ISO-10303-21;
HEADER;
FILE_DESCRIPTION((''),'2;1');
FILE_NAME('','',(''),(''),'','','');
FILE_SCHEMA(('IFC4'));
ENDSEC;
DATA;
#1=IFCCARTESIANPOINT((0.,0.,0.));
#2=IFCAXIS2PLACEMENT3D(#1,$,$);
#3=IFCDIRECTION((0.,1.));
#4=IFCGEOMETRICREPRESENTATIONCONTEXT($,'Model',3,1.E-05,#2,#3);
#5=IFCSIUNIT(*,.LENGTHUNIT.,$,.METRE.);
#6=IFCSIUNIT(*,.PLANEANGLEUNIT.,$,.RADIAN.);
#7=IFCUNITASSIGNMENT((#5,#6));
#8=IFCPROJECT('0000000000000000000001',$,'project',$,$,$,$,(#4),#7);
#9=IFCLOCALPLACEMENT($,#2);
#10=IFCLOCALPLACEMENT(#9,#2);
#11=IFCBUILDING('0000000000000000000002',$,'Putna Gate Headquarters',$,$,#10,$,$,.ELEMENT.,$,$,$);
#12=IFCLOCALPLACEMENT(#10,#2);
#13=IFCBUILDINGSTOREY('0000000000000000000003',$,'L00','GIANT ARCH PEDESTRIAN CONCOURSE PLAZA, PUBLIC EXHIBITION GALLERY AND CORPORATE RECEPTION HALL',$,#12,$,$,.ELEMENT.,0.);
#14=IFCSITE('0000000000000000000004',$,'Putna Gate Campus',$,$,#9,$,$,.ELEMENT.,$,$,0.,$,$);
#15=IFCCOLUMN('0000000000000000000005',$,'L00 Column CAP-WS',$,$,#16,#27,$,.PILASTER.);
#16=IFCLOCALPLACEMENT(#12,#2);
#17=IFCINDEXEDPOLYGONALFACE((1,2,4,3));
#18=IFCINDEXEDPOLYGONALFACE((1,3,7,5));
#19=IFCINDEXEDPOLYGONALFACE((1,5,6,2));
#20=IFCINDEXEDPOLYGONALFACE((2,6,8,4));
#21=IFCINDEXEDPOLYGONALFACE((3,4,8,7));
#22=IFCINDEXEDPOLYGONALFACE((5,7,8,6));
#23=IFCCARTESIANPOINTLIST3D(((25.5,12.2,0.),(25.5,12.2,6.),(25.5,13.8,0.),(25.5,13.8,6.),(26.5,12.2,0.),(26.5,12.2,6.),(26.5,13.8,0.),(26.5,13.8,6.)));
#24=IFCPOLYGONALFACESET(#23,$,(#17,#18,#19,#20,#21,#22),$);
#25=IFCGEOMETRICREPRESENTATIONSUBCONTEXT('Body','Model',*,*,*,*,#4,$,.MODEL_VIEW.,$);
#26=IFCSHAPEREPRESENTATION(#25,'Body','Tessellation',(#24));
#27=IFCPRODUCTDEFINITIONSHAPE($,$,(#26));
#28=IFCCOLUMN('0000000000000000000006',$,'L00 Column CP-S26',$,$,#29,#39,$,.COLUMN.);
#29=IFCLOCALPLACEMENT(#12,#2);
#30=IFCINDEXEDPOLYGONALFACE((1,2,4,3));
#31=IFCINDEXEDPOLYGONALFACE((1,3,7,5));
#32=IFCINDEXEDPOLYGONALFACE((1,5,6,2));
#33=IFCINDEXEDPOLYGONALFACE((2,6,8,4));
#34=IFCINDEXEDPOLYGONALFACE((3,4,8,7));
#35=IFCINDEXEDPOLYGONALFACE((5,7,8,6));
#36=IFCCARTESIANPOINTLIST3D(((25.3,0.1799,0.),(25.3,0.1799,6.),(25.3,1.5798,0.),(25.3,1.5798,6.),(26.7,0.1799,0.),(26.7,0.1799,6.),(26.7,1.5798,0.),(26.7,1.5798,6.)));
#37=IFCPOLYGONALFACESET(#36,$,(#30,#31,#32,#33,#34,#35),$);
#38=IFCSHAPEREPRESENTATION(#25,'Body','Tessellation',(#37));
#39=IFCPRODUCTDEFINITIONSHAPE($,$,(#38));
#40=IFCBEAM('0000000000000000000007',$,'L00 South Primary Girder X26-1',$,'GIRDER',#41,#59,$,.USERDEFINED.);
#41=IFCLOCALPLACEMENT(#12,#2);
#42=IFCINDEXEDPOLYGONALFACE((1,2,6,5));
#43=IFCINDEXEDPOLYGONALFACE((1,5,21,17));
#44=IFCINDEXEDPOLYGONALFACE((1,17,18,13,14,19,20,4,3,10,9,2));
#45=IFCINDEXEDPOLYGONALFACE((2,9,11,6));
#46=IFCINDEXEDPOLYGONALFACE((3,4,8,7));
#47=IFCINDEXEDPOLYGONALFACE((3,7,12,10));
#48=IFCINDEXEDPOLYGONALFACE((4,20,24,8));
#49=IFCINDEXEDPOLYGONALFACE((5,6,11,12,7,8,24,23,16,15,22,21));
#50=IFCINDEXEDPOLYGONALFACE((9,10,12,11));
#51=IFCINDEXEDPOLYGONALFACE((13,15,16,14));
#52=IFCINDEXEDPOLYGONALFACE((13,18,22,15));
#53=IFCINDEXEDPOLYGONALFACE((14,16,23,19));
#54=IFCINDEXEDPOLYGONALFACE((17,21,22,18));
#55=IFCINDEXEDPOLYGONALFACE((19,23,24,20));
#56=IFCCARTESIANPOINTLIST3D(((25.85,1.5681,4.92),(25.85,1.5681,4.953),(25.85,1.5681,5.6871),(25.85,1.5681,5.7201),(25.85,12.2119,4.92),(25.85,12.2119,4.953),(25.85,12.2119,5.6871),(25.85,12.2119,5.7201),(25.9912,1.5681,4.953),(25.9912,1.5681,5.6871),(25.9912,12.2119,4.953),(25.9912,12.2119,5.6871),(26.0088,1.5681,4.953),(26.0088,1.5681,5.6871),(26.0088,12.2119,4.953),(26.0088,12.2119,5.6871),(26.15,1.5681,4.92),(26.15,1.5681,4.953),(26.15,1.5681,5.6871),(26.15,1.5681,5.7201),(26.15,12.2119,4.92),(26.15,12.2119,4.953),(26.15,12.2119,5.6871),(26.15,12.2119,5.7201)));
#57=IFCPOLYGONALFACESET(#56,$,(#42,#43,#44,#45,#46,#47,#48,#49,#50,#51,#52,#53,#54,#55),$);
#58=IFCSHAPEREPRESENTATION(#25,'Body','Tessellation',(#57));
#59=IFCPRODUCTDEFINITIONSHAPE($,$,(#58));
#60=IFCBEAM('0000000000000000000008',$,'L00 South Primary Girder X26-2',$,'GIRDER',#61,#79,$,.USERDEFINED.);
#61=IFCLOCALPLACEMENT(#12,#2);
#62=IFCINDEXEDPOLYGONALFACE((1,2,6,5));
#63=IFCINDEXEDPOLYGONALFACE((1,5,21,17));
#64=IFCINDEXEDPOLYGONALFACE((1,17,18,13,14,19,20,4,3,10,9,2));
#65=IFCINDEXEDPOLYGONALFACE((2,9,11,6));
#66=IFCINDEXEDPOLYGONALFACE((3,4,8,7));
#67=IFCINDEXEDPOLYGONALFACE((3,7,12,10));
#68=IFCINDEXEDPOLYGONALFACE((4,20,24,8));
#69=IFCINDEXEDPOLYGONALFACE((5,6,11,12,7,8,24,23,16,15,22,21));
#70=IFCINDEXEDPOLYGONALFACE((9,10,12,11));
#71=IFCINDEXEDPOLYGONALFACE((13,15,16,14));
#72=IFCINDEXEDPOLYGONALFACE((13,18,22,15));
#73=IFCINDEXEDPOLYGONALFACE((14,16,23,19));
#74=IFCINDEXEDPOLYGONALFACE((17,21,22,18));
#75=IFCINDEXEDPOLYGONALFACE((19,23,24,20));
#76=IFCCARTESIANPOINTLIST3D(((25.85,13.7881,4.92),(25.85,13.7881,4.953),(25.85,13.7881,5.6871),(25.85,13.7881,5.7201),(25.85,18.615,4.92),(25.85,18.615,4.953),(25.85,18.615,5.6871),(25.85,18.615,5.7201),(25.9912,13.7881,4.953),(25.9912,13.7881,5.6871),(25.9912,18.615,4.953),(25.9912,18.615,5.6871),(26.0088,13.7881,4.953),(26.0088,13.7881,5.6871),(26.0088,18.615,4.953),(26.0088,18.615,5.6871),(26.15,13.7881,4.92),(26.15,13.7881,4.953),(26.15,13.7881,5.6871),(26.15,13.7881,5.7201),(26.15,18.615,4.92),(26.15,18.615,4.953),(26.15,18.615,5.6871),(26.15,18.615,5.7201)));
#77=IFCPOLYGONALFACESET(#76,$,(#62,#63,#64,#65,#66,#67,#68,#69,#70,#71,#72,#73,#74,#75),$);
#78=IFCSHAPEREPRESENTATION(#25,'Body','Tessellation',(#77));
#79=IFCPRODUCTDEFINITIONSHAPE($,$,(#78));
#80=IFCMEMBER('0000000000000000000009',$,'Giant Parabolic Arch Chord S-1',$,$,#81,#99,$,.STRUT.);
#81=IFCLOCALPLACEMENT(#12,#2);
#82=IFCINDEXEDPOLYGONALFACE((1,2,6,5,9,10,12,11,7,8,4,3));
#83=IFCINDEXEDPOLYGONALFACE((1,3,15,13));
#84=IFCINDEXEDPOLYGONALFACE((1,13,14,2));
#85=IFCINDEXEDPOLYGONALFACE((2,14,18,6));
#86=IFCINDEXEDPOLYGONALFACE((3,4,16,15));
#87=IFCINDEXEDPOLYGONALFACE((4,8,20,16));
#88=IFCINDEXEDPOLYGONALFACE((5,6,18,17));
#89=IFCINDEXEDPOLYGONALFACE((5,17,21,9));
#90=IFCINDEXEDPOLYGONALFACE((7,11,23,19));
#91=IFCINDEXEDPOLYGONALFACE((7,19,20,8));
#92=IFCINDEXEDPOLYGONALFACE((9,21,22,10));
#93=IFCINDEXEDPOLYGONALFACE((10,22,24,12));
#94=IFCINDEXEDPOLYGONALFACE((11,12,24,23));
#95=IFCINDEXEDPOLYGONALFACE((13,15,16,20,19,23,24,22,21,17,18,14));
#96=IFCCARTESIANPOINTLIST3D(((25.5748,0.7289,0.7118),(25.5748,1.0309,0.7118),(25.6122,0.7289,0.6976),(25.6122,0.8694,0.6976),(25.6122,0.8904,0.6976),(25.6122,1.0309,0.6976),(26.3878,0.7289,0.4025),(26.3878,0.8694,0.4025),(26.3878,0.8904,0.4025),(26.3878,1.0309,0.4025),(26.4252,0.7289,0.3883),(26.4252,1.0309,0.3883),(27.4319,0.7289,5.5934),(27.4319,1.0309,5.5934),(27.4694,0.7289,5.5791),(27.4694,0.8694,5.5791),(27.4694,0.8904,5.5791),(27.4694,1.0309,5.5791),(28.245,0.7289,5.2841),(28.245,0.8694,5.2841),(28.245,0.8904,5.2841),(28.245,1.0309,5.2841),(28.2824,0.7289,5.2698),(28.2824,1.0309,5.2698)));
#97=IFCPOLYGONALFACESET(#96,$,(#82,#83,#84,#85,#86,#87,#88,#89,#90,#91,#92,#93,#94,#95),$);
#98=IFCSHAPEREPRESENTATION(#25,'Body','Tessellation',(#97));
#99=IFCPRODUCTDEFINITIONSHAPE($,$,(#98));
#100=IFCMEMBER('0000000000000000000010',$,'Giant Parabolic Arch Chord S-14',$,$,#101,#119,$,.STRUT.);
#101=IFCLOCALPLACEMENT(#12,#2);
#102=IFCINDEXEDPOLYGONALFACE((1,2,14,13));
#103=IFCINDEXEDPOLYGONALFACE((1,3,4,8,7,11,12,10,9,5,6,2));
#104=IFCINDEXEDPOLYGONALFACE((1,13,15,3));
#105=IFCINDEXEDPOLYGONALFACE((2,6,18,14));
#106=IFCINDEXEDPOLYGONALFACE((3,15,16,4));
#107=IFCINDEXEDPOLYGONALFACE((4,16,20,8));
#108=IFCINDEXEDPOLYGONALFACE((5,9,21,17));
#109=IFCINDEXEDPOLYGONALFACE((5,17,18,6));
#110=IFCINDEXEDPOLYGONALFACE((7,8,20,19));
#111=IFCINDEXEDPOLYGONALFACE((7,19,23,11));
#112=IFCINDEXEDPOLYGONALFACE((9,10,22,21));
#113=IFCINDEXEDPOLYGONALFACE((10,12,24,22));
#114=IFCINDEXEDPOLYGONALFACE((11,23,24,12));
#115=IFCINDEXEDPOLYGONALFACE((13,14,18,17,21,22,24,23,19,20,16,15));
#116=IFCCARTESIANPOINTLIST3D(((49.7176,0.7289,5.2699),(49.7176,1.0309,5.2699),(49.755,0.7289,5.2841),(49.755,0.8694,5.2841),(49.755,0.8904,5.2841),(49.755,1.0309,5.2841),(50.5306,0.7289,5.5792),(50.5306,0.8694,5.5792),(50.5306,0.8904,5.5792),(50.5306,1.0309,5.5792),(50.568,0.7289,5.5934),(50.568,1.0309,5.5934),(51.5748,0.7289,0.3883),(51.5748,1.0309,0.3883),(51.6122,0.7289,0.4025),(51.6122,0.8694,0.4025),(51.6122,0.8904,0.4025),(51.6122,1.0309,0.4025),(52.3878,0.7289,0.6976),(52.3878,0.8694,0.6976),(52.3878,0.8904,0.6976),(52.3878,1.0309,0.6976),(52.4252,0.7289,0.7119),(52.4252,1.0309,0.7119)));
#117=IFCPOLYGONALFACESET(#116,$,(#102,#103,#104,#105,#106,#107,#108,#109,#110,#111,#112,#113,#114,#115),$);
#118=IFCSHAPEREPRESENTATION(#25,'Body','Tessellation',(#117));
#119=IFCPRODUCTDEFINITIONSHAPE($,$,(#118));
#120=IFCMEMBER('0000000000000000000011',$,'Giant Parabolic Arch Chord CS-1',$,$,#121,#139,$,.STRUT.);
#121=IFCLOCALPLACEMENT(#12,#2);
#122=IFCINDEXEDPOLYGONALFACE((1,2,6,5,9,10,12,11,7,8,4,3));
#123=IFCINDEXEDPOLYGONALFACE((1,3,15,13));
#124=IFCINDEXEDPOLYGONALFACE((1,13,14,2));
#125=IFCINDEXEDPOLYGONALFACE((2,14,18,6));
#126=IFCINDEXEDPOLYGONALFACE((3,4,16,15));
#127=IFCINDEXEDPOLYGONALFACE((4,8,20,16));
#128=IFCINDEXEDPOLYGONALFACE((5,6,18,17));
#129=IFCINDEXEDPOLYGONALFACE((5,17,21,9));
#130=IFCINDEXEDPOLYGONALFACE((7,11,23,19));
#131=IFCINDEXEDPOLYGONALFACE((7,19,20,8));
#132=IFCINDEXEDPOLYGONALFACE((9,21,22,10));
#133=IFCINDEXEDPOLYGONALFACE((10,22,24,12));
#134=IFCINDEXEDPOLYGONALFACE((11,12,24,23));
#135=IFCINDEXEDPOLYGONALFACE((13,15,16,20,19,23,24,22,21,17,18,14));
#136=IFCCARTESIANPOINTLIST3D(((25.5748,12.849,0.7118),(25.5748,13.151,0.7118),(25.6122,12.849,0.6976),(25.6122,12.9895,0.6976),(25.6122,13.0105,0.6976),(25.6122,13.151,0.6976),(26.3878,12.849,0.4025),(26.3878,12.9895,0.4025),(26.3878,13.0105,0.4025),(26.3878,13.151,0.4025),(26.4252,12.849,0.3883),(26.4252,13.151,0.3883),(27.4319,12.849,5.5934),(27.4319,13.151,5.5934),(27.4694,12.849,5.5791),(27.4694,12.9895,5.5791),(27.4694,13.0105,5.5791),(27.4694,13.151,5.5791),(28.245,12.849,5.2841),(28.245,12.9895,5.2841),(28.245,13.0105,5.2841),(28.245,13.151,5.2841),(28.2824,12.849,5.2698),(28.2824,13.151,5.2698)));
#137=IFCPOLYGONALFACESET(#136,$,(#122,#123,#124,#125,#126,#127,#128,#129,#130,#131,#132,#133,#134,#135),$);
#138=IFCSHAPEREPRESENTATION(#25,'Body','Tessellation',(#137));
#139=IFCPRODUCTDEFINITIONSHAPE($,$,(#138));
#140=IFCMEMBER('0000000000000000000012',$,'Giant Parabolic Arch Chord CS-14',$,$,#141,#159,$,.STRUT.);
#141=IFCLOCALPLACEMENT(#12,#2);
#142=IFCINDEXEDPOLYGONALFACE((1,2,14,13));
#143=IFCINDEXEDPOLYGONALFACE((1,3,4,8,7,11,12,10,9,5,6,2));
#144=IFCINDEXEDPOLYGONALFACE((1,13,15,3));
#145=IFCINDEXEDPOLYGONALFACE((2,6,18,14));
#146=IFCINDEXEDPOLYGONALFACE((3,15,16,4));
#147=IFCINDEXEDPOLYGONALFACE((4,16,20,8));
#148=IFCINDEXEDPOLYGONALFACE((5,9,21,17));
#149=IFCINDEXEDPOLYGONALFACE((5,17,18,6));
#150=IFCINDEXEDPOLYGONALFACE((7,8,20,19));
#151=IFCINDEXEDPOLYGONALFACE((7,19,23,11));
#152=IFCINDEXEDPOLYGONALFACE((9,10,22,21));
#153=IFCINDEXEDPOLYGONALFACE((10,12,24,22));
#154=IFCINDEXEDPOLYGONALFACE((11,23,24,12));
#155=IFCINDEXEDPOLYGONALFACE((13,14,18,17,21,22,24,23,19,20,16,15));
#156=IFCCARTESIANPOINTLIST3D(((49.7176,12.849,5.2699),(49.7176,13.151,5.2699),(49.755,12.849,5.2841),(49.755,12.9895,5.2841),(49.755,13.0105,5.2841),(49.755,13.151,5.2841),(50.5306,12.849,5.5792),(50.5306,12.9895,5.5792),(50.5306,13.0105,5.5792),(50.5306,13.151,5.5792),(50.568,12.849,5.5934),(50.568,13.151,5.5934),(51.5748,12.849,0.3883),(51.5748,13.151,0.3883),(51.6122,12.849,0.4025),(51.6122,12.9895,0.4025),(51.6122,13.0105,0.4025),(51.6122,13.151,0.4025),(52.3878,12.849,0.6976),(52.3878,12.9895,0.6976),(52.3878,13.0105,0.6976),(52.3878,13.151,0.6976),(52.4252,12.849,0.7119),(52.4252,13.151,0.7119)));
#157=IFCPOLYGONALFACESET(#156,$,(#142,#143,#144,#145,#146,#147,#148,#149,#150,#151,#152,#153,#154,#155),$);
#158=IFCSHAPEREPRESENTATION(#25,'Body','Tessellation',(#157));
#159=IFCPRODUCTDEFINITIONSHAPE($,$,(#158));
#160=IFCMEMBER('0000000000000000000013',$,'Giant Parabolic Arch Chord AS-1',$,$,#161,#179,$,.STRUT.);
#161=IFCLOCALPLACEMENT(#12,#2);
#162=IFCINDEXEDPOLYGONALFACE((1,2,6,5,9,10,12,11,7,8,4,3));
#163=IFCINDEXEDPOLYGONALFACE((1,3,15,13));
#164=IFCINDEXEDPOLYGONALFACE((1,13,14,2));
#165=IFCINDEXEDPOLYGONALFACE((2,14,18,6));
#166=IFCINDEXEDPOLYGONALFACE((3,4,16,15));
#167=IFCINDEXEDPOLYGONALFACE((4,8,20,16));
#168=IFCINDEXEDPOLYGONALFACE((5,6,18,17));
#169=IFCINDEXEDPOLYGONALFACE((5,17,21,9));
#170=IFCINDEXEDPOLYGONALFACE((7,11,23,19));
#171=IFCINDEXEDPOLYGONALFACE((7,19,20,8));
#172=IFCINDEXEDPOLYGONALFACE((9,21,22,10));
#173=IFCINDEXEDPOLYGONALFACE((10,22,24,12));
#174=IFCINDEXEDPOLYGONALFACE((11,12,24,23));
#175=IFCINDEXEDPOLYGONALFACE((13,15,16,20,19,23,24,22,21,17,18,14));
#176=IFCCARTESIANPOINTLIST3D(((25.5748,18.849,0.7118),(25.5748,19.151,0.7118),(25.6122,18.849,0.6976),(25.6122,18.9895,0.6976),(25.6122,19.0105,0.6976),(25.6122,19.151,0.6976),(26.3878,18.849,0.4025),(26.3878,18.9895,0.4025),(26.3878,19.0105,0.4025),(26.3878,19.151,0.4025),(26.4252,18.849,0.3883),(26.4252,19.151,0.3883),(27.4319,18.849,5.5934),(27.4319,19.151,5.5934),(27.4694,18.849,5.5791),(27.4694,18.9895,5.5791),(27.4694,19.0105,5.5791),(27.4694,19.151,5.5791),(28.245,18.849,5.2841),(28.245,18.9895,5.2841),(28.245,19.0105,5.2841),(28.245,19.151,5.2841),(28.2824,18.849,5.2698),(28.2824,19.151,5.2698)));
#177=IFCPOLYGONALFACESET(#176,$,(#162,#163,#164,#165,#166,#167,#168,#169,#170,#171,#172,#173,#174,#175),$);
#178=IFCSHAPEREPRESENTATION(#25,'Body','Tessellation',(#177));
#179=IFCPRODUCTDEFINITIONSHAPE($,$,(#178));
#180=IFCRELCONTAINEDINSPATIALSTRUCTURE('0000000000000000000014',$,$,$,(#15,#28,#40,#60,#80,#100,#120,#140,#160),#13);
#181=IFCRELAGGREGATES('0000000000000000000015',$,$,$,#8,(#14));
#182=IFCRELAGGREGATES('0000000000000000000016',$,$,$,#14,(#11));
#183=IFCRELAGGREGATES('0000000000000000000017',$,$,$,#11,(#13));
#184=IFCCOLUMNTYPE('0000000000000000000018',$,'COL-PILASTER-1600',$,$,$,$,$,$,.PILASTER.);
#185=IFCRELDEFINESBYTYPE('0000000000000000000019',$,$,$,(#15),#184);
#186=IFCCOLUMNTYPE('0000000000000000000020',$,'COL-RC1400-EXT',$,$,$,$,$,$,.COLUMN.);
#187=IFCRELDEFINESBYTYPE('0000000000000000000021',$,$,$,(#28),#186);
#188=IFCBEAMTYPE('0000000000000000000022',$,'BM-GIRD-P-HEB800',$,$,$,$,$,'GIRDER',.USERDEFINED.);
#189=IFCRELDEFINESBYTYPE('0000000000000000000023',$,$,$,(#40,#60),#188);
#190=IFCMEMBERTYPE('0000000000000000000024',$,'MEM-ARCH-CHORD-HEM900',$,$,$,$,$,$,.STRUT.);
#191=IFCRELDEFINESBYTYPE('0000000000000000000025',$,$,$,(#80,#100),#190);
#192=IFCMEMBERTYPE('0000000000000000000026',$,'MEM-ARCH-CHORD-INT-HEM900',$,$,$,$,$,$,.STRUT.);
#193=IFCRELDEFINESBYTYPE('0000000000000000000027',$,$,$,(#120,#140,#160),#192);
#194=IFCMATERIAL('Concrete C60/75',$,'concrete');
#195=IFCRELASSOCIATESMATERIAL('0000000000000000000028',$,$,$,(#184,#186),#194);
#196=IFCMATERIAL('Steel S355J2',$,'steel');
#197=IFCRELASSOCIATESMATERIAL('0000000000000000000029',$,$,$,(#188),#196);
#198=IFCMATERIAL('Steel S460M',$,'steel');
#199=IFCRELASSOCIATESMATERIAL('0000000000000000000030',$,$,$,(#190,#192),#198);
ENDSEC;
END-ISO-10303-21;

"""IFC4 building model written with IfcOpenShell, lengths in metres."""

from ifc_helpers import new_model, si_unit, direction, frame, origin, origin_2d, place, context, subcontext, project, spatial, rectangle, i_section, extrude, material, material_profile, profile_set, type_object, element, save


model = new_model("IFC4")

# Units and contexts
model_context = context("Model", 3, precision=1e-05, world=origin(), true_north=direction((0.0, 1.0)))
body_context = subcontext(model_context, "Body", "Model", "MODEL_VIEW")
ifc_project = project(units=[si_unit("LENGTHUNIT", "METRE"), si_unit("PLANEANGLEUNIT", "RADIAN")], contexts=[model_context])

# Site, building, storey
site_placement = place(None, origin())
site = spatial("IfcSite", under=ifc_project, at=site_placement, Name="Putna Gate Campus", CompositionType="ELEMENT", RefElevation=0.0)
building_placement = place(site_placement, origin())
building = spatial("IfcBuilding", under=site, at=building_placement, Name="Putna Gate Headquarters", CompositionType="ELEMENT")
storey_placement = place(building_placement, origin())
storey = spatial("IfcBuildingStorey", under=building, at=storey_placement, Name="L00", Description="GIANT ARCH PEDESTRIAN CONCOURSE PLAZA, PUBLIC EXHIBITION GALLERY AND CORPORATE RECEPTION HALL", CompositionType="ELEMENT", Elevation=0.0)

# Columns
ifc_material_1 = material(Name="Concrete C60/75", Category="concrete")
ifc_material_profile_1 = material_profile(ifc_material_1, rectangle(XDim=1.0, YDim=1.6001, at=origin_2d()), Name="Concrete C60/75")
ifc_profile_set_1 = profile_set([ifc_material_profile_1], Name="Concrete C60/75")
column_type_1 = type_object("IfcColumnType", Name="COL-PILASTER-1600", PredefinedType="PILASTER", material=ifc_profile_set_1)
column_1_placement = place(storey_placement, frame((26.0, 13.0, 0.0), z_axis=(0.0, 0.0, 1.0), x_axis=(1.0, 0.0, 0.0)))
element("IfcColumn", 1, at=column_1_placement, inside=storey, type_object=column_type_1, Name="L00 Column CAP-WS", PredefinedType="PILASTER", context=body_context, shape_type="SweptSolid", body=[
    extrude(rectangle(XDim=1.0, YDim=1.6001, at=origin_2d()), origin(), (0.0, 0.0, 1.0), 6.0),
])
ifc_material_profile_2 = material_profile(ifc_material_1, rectangle(XDim=1.3999, YDim=1.3999, at=origin_2d()), Name="Concrete C60/75")
ifc_profile_set_2 = profile_set([ifc_material_profile_2], Name="Concrete C60/75")
column_type_2 = type_object("IfcColumnType", Name="COL-RC1400-EXT", PredefinedType="COLUMN", material=ifc_profile_set_2)
column_2_placement = place(storey_placement, frame((26.0, 0.8799, 0.0), z_axis=(0.0, 0.0, 1.0), x_axis=(1.0, 0.0, 0.0)))
element("IfcColumn", 2, at=column_2_placement, inside=storey, type_object=column_type_2, Name="L00 Column CP-S26", PredefinedType="COLUMN", context=body_context, shape_type="SweptSolid", body=[
    extrude(rectangle(XDim=1.3999, YDim=1.3999, at=origin_2d()), origin(), (0.0, 0.0, 1.0), 6.0),
])

# Beams
ifc_material_2 = material(Name="Steel S355J2", Category="steel")
ifc_material_profile_3 = material_profile(ifc_material_2, i_section(OverallWidth=0.3, OverallDepth=0.8, WebThickness=0.0176, FlangeThickness=0.033, at=origin_2d()), Name="Steel S355J2")
ifc_profile_set_3 = profile_set([ifc_material_profile_3], Name="Steel S355J2")
beam_type = type_object("IfcBeamType", Name="BM-GIRD-P-HEB800", ElementType="GIRDER", PredefinedType="USERDEFINED", material=ifc_profile_set_3)
beam_1_placement = place(storey_placement, frame((26.0, 1.5681, 5.3201), z_axis=(0.0, 1.0, 0.0), x_axis=(-1.0, 0.0, 0.0)))
element("IfcBeam", 3, at=beam_1_placement, inside=storey, type_object=beam_type, Name="L00 South Primary Girder X26-1", ObjectType="GIRDER", PredefinedType="USERDEFINED", context=body_context, shape_type="SweptSolid", body=[
    extrude(i_section(OverallWidth=0.3, OverallDepth=0.8, WebThickness=0.0176, FlangeThickness=0.033, at=origin_2d()), origin(), (0.0, 0.0, 1.0), 10.6438),
])
beam_2_placement = place(storey_placement, frame((26.0, 13.7881, 5.3201), z_axis=(0.0, 1.0, 0.0), x_axis=(-1.0, 0.0, 0.0)))
element("IfcBeam", 4, at=beam_2_placement, inside=storey, type_object=beam_type, Name="L00 South Primary Girder X26-2", ObjectType="GIRDER", PredefinedType="USERDEFINED", context=body_context, shape_type="SweptSolid", body=[
    extrude(i_section(OverallWidth=0.3, OverallDepth=0.8, WebThickness=0.0176, FlangeThickness=0.033, at=origin_2d()), origin(), (0.0, 0.0, 1.0), 4.8269),
])

# Members
ifc_material_3 = material(Name="Steel S460M", Category="steel")
ifc_material_profile_4 = material_profile(ifc_material_3, i_section(OverallWidth=0.302, OverallDepth=0.9099, WebThickness=0.021, FlangeThickness=0.04, at=origin_2d()), Name="Steel S460M")
ifc_profile_set_4 = profile_set([ifc_material_profile_4], Name="Steel S460M")
member_type_1 = type_object("IfcMemberType", Name="MEM-ARCH-CHORD-HEM900", PredefinedType="STRUT", material=ifc_profile_set_4)
for number, where, z_axis, x_axis, name in (
    (5, (26.0, 0.8799, 0.55), (0.355581, 0.0, 0.934645), (0.0, 1.0, 0.0), "Giant Parabolic Arch Chord S-1"),
    (6, (50.1428, 0.8799, 5.4316), (0.355581, 0.0, -0.934645), (0.0, 1.0, 0.0), "Giant Parabolic Arch Chord S-14"),
):
    element("IfcMember", number, at=place(storey_placement, frame(where, z_axis=z_axis, x_axis=x_axis)), inside=storey, type_object=member_type_1, Name=name, PredefinedType="STRUT", context=body_context, shape_type="SweptSolid", body=[
        extrude(i_section(OverallWidth=0.302, OverallDepth=0.9099, WebThickness=0.021, FlangeThickness=0.04, at=origin_2d()), origin(), (0.0, 0.0, 1.0), 5.2229),
    ])
ifc_material_profile_5 = material_profile(ifc_material_3, i_section(OverallWidth=0.302, OverallDepth=0.9099, WebThickness=0.021, FlangeThickness=0.04, at=origin_2d()), Name="Steel S460M")
ifc_profile_set_5 = profile_set([ifc_material_profile_5], Name="Steel S460M")
member_type_2 = type_object("IfcMemberType", Name="MEM-ARCH-CHORD-INT-HEM900", PredefinedType="STRUT", material=ifc_profile_set_5)
for number, where, z_axis, x_axis, name in (
    (7, (26.0, 13.0, 0.55), (0.355581, 0.0, 0.934645), (0.0, 1.0, 0.0), "Giant Parabolic Arch Chord CS-1"),
    (8, (50.1428, 13.0, 5.4316), (0.355581, 0.0, -0.934645), (0.0, 1.0, 0.0), "Giant Parabolic Arch Chord CS-14"),
    (9, (26.0, 19.0, 0.55), (0.355581, 0.0, 0.934645), (0.0, 1.0, 0.0), "Giant Parabolic Arch Chord AS-1"),
):
    element("IfcMember", number, at=place(storey_placement, frame(where, z_axis=z_axis, x_axis=x_axis)), inside=storey, type_object=member_type_2, Name=name, PredefinedType="STRUT", context=body_context, shape_type="SweptSolid", body=[
        extrude(i_section(OverallWidth=0.302, OverallDepth=0.9099, WebThickness=0.021, FlangeThickness=0.04, at=origin_2d()), origin(), (0.0, 0.0, 1.0), 5.2229),
    ])

save(model, "model.ifc")
